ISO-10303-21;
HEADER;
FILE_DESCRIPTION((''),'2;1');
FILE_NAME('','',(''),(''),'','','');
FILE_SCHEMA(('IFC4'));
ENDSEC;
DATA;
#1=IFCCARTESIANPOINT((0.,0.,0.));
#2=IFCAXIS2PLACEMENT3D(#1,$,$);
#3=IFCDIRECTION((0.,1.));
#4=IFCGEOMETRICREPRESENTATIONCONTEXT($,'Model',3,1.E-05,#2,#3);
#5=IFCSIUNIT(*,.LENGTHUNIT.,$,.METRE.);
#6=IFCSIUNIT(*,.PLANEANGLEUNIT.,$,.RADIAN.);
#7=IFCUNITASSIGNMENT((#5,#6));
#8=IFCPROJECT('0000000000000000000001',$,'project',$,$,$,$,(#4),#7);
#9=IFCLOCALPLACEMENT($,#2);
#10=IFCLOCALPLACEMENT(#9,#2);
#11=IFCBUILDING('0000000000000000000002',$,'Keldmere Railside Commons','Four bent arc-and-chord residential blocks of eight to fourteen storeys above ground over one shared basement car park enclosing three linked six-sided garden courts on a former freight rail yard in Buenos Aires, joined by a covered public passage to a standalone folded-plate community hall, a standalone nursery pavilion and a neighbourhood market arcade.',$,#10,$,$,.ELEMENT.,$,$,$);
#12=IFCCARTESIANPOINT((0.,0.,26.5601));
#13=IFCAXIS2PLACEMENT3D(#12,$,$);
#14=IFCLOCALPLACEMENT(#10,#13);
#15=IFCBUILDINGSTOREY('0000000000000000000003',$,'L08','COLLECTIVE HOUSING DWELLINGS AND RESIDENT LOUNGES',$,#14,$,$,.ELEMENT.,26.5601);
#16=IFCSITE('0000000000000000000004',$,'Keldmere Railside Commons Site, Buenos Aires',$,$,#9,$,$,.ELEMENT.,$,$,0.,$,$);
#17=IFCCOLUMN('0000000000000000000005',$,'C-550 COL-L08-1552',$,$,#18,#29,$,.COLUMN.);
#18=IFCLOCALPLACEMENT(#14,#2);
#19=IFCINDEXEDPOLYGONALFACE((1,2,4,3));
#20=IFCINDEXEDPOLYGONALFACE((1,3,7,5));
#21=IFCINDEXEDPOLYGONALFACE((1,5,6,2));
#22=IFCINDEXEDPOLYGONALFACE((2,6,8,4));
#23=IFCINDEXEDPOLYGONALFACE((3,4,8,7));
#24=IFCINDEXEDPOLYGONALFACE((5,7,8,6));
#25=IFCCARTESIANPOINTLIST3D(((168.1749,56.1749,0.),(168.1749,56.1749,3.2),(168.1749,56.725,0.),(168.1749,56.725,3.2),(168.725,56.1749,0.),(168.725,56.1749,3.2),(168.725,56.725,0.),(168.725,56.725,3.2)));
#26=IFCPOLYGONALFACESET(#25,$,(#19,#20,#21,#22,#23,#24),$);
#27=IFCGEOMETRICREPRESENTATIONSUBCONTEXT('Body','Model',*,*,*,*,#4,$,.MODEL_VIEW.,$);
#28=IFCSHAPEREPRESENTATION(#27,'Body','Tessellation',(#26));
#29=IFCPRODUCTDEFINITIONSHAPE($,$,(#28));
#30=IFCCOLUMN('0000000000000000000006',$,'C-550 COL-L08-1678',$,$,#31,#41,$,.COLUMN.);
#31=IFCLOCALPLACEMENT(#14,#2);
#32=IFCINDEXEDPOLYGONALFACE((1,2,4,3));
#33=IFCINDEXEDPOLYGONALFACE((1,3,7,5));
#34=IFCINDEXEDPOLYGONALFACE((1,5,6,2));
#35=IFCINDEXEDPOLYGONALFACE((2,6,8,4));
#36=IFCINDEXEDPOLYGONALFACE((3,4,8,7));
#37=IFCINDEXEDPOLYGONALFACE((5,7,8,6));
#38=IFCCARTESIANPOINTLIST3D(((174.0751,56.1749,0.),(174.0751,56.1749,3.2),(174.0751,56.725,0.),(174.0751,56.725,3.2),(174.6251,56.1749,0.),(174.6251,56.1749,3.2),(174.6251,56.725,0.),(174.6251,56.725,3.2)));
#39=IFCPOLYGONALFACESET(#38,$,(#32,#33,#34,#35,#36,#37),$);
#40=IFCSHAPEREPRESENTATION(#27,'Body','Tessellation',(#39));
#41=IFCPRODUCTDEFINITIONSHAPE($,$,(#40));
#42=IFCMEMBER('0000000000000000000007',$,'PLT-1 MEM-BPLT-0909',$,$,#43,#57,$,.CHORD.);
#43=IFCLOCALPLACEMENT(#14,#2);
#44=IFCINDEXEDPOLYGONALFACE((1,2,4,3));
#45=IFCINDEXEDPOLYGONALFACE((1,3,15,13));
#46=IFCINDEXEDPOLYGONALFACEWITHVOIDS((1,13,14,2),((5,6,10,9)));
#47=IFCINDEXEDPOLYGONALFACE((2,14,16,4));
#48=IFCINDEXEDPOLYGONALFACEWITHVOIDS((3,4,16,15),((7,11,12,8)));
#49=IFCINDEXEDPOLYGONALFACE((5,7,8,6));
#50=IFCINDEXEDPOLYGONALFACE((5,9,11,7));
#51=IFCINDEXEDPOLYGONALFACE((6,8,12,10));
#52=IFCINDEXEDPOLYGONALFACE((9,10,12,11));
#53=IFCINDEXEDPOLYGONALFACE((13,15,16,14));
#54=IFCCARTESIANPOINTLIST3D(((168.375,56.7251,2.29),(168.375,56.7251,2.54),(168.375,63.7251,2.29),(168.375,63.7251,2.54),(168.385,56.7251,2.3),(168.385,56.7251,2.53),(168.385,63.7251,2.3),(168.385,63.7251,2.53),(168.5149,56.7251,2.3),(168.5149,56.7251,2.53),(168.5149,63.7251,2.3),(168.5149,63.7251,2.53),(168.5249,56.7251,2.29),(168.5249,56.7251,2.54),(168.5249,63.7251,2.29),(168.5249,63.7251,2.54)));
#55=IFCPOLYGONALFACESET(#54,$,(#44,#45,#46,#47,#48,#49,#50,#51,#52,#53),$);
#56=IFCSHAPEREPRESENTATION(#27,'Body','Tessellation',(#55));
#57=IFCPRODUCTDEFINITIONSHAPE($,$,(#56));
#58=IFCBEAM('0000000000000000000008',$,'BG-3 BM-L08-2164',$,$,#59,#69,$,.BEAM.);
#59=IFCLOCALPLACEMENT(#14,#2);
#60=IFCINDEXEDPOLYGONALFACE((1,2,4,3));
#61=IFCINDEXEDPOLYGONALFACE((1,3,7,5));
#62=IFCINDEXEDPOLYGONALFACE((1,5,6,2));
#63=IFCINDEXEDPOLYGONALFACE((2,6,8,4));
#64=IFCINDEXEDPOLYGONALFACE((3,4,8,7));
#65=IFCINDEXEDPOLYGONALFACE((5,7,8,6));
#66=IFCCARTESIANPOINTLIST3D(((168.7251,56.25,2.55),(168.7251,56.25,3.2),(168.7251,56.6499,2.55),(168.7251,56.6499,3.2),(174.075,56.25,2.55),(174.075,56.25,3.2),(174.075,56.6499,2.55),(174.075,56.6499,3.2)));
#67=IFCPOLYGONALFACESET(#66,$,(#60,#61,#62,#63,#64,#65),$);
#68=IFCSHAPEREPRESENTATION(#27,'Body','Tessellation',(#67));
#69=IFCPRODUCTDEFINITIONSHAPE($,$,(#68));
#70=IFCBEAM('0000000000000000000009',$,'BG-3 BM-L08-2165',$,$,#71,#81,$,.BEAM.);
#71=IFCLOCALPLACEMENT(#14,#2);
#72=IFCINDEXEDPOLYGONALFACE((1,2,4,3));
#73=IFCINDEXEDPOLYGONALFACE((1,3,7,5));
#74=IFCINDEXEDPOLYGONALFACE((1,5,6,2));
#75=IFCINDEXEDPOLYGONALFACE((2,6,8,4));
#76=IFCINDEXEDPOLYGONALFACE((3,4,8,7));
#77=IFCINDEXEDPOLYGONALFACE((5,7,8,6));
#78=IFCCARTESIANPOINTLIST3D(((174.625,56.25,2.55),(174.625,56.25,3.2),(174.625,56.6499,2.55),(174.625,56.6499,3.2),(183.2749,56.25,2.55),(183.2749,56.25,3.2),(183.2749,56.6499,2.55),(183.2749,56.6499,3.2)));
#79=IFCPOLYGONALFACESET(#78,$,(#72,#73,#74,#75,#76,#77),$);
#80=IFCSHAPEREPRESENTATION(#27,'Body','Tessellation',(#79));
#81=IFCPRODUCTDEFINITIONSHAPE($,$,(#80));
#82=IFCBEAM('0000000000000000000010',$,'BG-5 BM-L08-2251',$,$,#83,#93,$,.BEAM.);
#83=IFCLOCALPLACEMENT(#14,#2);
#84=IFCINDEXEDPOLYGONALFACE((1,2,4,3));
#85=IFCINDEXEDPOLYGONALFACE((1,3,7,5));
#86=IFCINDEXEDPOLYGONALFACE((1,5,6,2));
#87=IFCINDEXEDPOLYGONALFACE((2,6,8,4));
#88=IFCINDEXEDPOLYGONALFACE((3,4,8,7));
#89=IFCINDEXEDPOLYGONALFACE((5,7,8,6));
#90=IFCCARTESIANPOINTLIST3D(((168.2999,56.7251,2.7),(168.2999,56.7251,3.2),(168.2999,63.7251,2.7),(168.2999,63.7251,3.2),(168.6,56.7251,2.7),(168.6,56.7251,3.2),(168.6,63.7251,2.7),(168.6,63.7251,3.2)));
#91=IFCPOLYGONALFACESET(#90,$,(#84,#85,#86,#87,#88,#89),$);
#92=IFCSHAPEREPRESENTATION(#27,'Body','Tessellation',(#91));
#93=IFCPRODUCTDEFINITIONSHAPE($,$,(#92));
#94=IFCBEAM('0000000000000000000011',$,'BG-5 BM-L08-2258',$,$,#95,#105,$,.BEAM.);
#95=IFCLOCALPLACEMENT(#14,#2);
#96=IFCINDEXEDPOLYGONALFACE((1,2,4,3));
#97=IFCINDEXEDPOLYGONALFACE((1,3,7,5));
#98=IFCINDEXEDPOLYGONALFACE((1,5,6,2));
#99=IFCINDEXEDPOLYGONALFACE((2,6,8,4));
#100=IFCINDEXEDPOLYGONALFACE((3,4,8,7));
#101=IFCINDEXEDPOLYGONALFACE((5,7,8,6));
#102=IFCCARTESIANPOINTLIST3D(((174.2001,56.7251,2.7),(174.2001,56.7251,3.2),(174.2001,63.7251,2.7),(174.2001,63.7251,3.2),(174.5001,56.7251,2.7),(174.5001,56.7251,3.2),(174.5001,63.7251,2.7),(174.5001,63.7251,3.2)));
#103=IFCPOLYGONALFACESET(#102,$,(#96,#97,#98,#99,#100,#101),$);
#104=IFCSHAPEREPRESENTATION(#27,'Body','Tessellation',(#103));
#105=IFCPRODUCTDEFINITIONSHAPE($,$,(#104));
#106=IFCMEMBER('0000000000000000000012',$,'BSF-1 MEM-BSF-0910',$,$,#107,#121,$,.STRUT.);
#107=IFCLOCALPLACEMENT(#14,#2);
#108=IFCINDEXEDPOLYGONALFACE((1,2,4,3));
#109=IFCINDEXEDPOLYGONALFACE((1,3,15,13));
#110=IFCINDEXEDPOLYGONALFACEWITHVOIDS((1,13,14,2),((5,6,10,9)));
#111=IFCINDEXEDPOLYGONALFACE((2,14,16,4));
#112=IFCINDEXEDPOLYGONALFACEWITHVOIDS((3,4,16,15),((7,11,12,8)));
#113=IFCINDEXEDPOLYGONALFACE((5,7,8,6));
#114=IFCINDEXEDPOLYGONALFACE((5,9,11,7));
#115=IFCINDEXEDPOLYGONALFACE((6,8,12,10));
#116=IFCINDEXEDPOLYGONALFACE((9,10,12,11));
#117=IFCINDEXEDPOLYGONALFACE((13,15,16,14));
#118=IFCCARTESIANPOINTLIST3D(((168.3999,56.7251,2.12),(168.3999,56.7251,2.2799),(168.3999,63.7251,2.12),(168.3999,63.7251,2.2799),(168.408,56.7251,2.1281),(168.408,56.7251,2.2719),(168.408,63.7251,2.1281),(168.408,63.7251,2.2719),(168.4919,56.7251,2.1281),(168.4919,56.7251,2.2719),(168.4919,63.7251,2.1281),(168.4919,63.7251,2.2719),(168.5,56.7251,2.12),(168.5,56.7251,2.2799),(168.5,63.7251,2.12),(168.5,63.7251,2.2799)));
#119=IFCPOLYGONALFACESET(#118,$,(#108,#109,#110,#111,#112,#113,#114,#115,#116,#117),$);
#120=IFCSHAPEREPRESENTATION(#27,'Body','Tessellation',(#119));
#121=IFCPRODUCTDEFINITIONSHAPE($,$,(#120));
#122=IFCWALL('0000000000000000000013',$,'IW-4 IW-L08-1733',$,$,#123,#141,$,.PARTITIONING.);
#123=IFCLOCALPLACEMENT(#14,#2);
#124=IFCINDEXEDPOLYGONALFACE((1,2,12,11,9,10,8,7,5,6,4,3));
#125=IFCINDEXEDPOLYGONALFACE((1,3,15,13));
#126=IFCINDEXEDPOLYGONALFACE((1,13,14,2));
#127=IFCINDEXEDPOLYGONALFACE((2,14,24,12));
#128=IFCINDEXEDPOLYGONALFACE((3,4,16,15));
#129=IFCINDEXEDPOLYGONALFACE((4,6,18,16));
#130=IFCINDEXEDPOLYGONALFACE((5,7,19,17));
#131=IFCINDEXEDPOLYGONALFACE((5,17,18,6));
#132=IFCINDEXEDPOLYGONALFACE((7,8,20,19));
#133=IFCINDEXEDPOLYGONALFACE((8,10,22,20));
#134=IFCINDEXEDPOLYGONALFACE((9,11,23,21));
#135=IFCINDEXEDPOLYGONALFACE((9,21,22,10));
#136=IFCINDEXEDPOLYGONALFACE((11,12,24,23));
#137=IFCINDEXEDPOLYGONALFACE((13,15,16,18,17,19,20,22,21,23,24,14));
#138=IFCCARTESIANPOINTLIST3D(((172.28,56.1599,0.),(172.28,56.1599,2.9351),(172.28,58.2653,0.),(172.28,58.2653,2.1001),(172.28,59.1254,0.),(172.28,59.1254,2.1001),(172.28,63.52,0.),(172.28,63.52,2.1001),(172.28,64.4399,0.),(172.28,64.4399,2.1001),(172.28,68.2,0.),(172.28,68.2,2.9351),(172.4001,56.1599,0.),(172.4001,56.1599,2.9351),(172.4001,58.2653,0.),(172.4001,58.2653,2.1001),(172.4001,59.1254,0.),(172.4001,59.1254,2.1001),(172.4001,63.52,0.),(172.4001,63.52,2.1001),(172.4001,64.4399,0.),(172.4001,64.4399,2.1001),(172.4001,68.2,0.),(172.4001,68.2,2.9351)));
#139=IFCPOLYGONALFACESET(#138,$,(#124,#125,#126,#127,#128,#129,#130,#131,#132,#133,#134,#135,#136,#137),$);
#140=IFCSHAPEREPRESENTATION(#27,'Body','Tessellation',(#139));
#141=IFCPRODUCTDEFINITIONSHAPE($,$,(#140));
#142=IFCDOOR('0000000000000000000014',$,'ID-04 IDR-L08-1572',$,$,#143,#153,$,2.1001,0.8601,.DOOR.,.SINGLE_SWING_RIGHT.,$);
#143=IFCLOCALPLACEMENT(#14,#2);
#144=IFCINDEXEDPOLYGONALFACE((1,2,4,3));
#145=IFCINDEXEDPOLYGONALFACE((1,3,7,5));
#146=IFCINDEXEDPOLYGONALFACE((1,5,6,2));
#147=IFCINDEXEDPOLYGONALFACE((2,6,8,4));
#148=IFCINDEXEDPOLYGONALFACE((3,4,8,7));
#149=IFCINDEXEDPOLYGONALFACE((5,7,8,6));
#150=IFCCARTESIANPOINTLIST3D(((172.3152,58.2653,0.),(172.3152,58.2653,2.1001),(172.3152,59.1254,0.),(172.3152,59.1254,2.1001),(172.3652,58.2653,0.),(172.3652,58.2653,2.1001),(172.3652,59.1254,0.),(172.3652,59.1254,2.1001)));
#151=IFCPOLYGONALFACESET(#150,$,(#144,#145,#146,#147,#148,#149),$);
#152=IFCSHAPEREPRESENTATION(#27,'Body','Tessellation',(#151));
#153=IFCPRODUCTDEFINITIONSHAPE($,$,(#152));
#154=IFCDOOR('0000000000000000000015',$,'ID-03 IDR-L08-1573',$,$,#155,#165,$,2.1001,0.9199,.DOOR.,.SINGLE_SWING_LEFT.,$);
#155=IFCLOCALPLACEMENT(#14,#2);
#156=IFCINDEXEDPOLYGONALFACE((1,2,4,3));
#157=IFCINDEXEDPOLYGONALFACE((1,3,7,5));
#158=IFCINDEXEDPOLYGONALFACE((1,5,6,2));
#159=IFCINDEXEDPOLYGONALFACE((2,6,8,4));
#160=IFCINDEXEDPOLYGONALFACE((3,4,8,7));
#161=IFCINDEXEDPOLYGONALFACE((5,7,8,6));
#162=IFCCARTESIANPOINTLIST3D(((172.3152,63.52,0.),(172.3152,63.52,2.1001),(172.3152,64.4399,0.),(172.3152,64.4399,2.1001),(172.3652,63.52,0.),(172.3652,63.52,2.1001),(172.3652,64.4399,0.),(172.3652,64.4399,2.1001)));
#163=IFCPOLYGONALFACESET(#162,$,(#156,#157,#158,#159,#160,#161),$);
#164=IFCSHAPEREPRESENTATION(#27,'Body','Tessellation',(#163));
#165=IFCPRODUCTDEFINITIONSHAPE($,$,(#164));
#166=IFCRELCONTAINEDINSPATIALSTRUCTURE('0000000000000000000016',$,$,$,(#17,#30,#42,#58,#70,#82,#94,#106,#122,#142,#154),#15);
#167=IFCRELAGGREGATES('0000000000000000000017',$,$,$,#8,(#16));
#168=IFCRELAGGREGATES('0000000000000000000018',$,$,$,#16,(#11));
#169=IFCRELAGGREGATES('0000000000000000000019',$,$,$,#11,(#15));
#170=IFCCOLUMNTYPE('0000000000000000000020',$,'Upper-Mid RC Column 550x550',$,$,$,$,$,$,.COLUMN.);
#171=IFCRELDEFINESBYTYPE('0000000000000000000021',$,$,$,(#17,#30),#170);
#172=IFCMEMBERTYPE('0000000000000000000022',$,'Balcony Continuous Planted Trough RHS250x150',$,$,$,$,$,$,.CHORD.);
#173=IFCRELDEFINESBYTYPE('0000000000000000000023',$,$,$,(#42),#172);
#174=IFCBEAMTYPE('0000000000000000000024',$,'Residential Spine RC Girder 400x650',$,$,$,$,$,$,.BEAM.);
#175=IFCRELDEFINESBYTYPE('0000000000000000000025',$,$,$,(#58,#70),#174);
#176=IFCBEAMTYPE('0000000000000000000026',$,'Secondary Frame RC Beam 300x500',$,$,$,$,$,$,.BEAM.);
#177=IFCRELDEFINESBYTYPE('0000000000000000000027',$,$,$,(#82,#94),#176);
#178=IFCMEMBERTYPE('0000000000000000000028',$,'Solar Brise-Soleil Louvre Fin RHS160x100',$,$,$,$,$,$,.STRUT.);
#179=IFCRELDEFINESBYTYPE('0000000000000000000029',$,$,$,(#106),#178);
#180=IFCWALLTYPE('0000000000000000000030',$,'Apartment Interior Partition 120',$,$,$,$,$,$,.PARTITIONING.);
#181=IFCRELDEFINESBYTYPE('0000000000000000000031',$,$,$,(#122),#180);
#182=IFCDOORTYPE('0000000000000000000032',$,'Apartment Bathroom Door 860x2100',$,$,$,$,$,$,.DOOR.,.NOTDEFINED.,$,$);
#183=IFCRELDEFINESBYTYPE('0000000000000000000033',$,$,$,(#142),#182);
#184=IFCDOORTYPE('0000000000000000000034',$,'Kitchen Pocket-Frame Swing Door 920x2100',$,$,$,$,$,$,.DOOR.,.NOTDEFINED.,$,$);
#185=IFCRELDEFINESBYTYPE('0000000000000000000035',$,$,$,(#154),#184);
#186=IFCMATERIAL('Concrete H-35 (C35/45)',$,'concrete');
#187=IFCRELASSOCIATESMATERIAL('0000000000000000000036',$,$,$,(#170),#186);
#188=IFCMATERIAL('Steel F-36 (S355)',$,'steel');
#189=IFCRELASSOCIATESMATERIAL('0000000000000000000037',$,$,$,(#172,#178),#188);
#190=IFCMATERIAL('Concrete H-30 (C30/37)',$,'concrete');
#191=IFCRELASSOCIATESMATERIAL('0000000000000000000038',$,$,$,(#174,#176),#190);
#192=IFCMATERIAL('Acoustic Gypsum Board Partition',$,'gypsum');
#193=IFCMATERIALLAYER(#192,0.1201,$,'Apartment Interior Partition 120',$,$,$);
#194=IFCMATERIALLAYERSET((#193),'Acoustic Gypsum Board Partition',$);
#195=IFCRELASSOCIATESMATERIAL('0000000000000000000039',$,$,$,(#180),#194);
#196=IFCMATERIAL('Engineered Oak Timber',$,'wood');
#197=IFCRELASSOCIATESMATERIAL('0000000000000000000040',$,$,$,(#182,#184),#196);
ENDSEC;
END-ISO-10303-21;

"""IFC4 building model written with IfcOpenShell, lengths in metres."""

from ifc_helpers import new_model, si_unit, direction, frame, frame_2d, origin, origin_2d, place, context, subcontext, project, spatial, rectangle, hollow_rectangle, extrude, material, layer, layer_set, material_profile, profile_set, type_object, element, fill, save


model = new_model("IFC4")

# Units and contexts
model_context = context("Model", 3, precision=1e-05, world=origin(), true_north=direction((0.0, 1.0)))
body_context = subcontext(model_context, "Body", "Model", "MODEL_VIEW")
ifc_project = project(units=[si_unit("LENGTHUNIT", "METRE"), si_unit("PLANEANGLEUNIT", "RADIAN")], contexts=[model_context])

# Site, building, storey
site_placement = place(None, origin())
site = spatial("IfcSite", under=ifc_project, at=site_placement, Name="Keldmere Railside Commons Site, Buenos Aires", CompositionType="ELEMENT", RefElevation=0.0)
building_placement = place(site_placement, origin())
building = spatial("IfcBuilding", under=site, at=building_placement, Name="Keldmere Railside Commons", Description="Four bent arc-and-chord residential blocks of eight to fourteen storeys above ground over one shared basement car park enclosing three linked six-sided garden courts on a former freight rail yard in Buenos Aires, joined by a covered public passage to a standalone folded-plate community hall, a standalone nursery pavilion and a neighbourhood market arcade.", CompositionType="ELEMENT")
storey_placement = place(building_placement, frame((0.0, 0.0, 26.5601)))
storey = spatial("IfcBuildingStorey", under=building, at=storey_placement, Name="L08", Description="COLLECTIVE HOUSING DWELLINGS AND RESIDENT LOUNGES", CompositionType="ELEMENT", Elevation=26.5601)

# Columns
ifc_material_1 = material(Name="Concrete H-35 (C35/45)", Category="concrete")
ifc_material_profile_1 = material_profile(ifc_material_1, rectangle(XDim=0.55, YDim=0.55, at=origin_2d()), Name="RC-550x550")
ifc_profile_set_1 = profile_set([ifc_material_profile_1], Name="Concrete H-35 (C35/45)")
column_type = type_object("IfcColumnType", Name="Upper-Mid RC Column 550x550", PredefinedType="COLUMN", material=ifc_profile_set_1)
for number, where, z_axis, x_axis, name in (
    (1, (168.45, 56.45, 0.0), (0.0, 0.0, 1.0), (1.0, 0.0, 0.0), "C-550 COL-L08-1552"),
    (2, (174.3501, 56.45, 0.0), (0.0, 0.0, 1.0), (1.0, 0.0, 0.0), "C-550 COL-L08-1678"),
):
    element("IfcColumn", number, at=place(storey_placement, frame(where, z_axis=z_axis, x_axis=x_axis)), inside=storey, type_object=column_type, Name=name, PredefinedType="COLUMN", context=body_context, shape_type="SweptSolid", body=[
        extrude(rectangle(XDim=0.55, YDim=0.55, at=origin_2d()), origin(), (0.0, 0.0, 1.0), 3.2),
    ])

# Member
ifc_material_2 = material(Name="Steel F-36 (S355)", Category="steel")
ifc_material_profile_2 = material_profile(ifc_material_2, hollow_rectangle(XDim=0.1499, YDim=0.25, WallThickness=0.01, at=origin_2d()), Name="RHS-250x150x10")
ifc_profile_set_2 = profile_set([ifc_material_profile_2], Name="Steel F-36 (S355)")
member_type_1 = type_object("IfcMemberType", Name="Balcony Continuous Planted Trough RHS250x150", PredefinedType="CHORD", material=ifc_profile_set_2)
member_1_placement = place(storey_placement, frame((168.45, 56.7251, 2.415), z_axis=(0.0, 1.0, 0.0), x_axis=(-1.0, 0.0, 0.0)))
element("IfcMember", 3, at=member_1_placement, inside=storey, type_object=member_type_1, Name="PLT-1 MEM-BPLT-0909", PredefinedType="CHORD", context=body_context, shape_type="SweptSolid", body=[
    extrude(hollow_rectangle(XDim=0.1499, YDim=0.25, WallThickness=0.01, at=origin_2d()), origin(), (0.0, 0.0, 1.0), 7.0),
])

# Beams
ifc_material_3 = material(Name="Concrete H-30 (C30/37)", Category="concrete")
ifc_material_profile_3 = material_profile(ifc_material_3, rectangle(XDim=0.3999, YDim=0.6499, at=origin_2d()), Name="RC-400x650")
ifc_profile_set_3 = profile_set([ifc_material_profile_3], Name="Concrete H-30 (C30/37)")
beam_type_1 = type_object("IfcBeamType", Name="Residential Spine RC Girder 400x650", PredefinedType="BEAM", material=ifc_profile_set_3)
beam_1_placement = place(storey_placement, frame((168.7251, 56.45, 2.875), z_axis=(1.0, 0.0, 0.0), x_axis=(0.0, 1.0, 0.0)))
element("IfcBeam", 4, at=beam_1_placement, inside=storey, type_object=beam_type_1, Name="BG-3 BM-L08-2164", PredefinedType="BEAM", context=body_context, shape_type="SweptSolid", body=[
    extrude(rectangle(XDim=0.3999, YDim=0.6499, at=origin_2d()), origin(), (0.0, 0.0, 1.0), 5.3499),
])
beam_2_placement = place(storey_placement, frame((174.625, 56.45, 2.875), z_axis=(1.0, 0.0, 0.0), x_axis=(0.0, 1.0, 0.0)))
element("IfcBeam", 5, at=beam_2_placement, inside=storey, type_object=beam_type_1, Name="BG-3 BM-L08-2165", PredefinedType="BEAM", context=body_context, shape_type="SweptSolid", body=[
    extrude(rectangle(XDim=0.3999, YDim=0.6499, at=origin_2d()), origin(), (0.0, 0.0, 1.0), 8.6499),
])
ifc_material_profile_4 = material_profile(ifc_material_3, rectangle(XDim=0.3, YDim=0.5, at=origin_2d()), Name="RC-300x500")
ifc_profile_set_4 = profile_set([ifc_material_profile_4], Name="Concrete H-30 (C30/37)")
beam_type_2 = type_object("IfcBeamType", Name="Secondary Frame RC Beam 300x500", PredefinedType="BEAM", material=ifc_profile_set_4)
for number, where, z_axis, x_axis, name in (
    (6, (168.45, 56.7251, 2.95), (0.0, 1.0, 0.0), (-1.0, 0.0, 0.0), "BG-5 BM-L08-2251"),
    (7, (174.3501, 56.7251, 2.95), (0.0, 1.0, 0.0), (-1.0, 0.0, 0.0), "BG-5 BM-L08-2258"),
):
    element("IfcBeam", number, at=place(storey_placement, frame(where, z_axis=z_axis, x_axis=x_axis)), inside=storey, type_object=beam_type_2, Name=name, PredefinedType="BEAM", context=body_context, shape_type="SweptSolid", body=[
        extrude(rectangle(XDim=0.3, YDim=0.5, at=origin_2d()), origin(), (0.0, 0.0, 1.0), 7.0),
    ])

# Member
ifc_material_profile_5 = material_profile(ifc_material_2, hollow_rectangle(XDim=0.1001, YDim=0.1599, WallThickness=0.0081, at=origin_2d()), Name="RHS-160x100x8")
ifc_profile_set_5 = profile_set([ifc_material_profile_5], Name="Steel F-36 (S355)")
member_type_2 = type_object("IfcMemberType", Name="Solar Brise-Soleil Louvre Fin RHS160x100", PredefinedType="STRUT", material=ifc_profile_set_5)
member_2_placement = place(storey_placement, frame((168.45, 56.7251, 2.2), z_axis=(0.0, 1.0, 0.0), x_axis=(-1.0, 0.0, 0.0)))
element("IfcMember", 8, at=member_2_placement, inside=storey, type_object=member_type_2, Name="BSF-1 MEM-BSF-0910", PredefinedType="STRUT", context=body_context, shape_type="SweptSolid", body=[
    extrude(hollow_rectangle(XDim=0.1001, YDim=0.1599, WallThickness=0.0081, at=origin_2d()), origin(), (0.0, 0.0, 1.0), 7.0),
])

# Wall, openings, doors
ifc_material_4 = material(Name="Acoustic Gypsum Board Partition", Category="gypsum")
ifc_layer_1 = layer(ifc_material_4, 0.1201, Name="Apartment Interior Partition 120")
ifc_layer_set_1 = layer_set([ifc_layer_1], Name="Acoustic Gypsum Board Partition")
wall_type_1 = type_object("IfcWallType", Name="Apartment Interior Partition 120", PredefinedType="PARTITIONING", material=ifc_layer_set_1)
wall_1_placement = place(storey_placement, frame((172.3401, 56.1599, 0.0), z_axis=(0.0, 0.0, 1.0), x_axis=(0.0, 1.0, 0.0)))
wall_1 = element("IfcWall", 9, at=wall_1_placement, inside=storey, type_object=wall_type_1, Name="IW-4 IW-L08-1733", PredefinedType="PARTITIONING", context=body_context, shape_type="SweptSolid", body=[
    extrude(rectangle(XDim=12.04, YDim=0.1201, at=frame_2d((6.02, 0.0))), origin(), (0.0, 0.0, 1.0), 2.9351),
])
opening_1_placement = place(wall_1_placement, frame((2.1052, 0.0, 0.0)))
opening_1 = element("IfcOpeningElement", 10, at=opening_1_placement, cuts=wall_1, PredefinedType="OPENING", context=body_context, shape_type="SweptSolid", body=[
    extrude(rectangle(XDim=0.8601, YDim=2.1001, at=frame_2d((0.4302, 1.05))), frame((0.0, 0.0701, 0.0), z_axis=(0.0, -1.0, 0.0), x_axis=(1.0, 0.0, 0.0)), (0.0, 0.0, 1.0), 0.1401),
])
opening_2_placement = place(wall_1_placement, frame((7.3601, 0.0, 0.0)))
opening_2 = element("IfcOpeningElement", 11, at=opening_2_placement, cuts=wall_1, PredefinedType="OPENING", context=body_context, shape_type="SweptSolid", body=[
    extrude(rectangle(XDim=0.9199, YDim=2.1001, at=frame_2d((0.46, 1.05))), frame((0.0, 0.0701, 0.0), z_axis=(0.0, -1.0, 0.0), x_axis=(1.0, 0.0, 0.0)), (0.0, 0.0, 1.0), 0.1401),
])
ifc_material_5 = material(Name="Engineered Oak Timber", Category="wood")
door_type_1 = type_object("IfcDoorType", Name="Apartment Bathroom Door 860x2100", OperationType="NOTDEFINED", PredefinedType="DOOR", material=ifc_material_5)
door_1_placement = place(opening_1_placement, origin())
door_1 = element("IfcDoor", 12, at=door_1_placement, inside=storey, type_object=door_type_1, Name="ID-04 IDR-L08-1572", OperationType="SINGLE_SWING_RIGHT", OverallHeight=2.1001, OverallWidth=0.8601, PredefinedType="DOOR", context=body_context, shape_type="SweptSolid", body=[
    extrude(rectangle(XDim=0.8601, YDim=2.1001, at=frame_2d((0.4302, 1.05))), frame((0.0, 0.0249, 0.0), z_axis=(0.0, -1.0, 0.0), x_axis=(1.0, 0.0, 0.0)), (0.0, 0.0, 1.0), 0.05),
])
fill(opening_1, door_1)
door_type_2 = type_object("IfcDoorType", Name="Kitchen Pocket-Frame Swing Door 920x2100", OperationType="NOTDEFINED", PredefinedType="DOOR", material=ifc_material_5)
door_2_placement = place(opening_2_placement, origin())
door_2 = element("IfcDoor", 13, at=door_2_placement, inside=storey, type_object=door_type_2, Name="ID-03 IDR-L08-1573", OperationType="SINGLE_SWING_LEFT", OverallHeight=2.1001, OverallWidth=0.9199, PredefinedType="DOOR", context=body_context, shape_type="SweptSolid", body=[
    extrude(rectangle(XDim=0.9199, YDim=2.1001, at=frame_2d((0.46, 1.05))), frame((0.0, 0.0249, 0.0), z_axis=(0.0, -1.0, 0.0), x_axis=(1.0, 0.0, 0.0)), (0.0, 0.0, 1.0), 0.05),
])
fill(opening_2, door_2)

save(model, "model.ifc")
